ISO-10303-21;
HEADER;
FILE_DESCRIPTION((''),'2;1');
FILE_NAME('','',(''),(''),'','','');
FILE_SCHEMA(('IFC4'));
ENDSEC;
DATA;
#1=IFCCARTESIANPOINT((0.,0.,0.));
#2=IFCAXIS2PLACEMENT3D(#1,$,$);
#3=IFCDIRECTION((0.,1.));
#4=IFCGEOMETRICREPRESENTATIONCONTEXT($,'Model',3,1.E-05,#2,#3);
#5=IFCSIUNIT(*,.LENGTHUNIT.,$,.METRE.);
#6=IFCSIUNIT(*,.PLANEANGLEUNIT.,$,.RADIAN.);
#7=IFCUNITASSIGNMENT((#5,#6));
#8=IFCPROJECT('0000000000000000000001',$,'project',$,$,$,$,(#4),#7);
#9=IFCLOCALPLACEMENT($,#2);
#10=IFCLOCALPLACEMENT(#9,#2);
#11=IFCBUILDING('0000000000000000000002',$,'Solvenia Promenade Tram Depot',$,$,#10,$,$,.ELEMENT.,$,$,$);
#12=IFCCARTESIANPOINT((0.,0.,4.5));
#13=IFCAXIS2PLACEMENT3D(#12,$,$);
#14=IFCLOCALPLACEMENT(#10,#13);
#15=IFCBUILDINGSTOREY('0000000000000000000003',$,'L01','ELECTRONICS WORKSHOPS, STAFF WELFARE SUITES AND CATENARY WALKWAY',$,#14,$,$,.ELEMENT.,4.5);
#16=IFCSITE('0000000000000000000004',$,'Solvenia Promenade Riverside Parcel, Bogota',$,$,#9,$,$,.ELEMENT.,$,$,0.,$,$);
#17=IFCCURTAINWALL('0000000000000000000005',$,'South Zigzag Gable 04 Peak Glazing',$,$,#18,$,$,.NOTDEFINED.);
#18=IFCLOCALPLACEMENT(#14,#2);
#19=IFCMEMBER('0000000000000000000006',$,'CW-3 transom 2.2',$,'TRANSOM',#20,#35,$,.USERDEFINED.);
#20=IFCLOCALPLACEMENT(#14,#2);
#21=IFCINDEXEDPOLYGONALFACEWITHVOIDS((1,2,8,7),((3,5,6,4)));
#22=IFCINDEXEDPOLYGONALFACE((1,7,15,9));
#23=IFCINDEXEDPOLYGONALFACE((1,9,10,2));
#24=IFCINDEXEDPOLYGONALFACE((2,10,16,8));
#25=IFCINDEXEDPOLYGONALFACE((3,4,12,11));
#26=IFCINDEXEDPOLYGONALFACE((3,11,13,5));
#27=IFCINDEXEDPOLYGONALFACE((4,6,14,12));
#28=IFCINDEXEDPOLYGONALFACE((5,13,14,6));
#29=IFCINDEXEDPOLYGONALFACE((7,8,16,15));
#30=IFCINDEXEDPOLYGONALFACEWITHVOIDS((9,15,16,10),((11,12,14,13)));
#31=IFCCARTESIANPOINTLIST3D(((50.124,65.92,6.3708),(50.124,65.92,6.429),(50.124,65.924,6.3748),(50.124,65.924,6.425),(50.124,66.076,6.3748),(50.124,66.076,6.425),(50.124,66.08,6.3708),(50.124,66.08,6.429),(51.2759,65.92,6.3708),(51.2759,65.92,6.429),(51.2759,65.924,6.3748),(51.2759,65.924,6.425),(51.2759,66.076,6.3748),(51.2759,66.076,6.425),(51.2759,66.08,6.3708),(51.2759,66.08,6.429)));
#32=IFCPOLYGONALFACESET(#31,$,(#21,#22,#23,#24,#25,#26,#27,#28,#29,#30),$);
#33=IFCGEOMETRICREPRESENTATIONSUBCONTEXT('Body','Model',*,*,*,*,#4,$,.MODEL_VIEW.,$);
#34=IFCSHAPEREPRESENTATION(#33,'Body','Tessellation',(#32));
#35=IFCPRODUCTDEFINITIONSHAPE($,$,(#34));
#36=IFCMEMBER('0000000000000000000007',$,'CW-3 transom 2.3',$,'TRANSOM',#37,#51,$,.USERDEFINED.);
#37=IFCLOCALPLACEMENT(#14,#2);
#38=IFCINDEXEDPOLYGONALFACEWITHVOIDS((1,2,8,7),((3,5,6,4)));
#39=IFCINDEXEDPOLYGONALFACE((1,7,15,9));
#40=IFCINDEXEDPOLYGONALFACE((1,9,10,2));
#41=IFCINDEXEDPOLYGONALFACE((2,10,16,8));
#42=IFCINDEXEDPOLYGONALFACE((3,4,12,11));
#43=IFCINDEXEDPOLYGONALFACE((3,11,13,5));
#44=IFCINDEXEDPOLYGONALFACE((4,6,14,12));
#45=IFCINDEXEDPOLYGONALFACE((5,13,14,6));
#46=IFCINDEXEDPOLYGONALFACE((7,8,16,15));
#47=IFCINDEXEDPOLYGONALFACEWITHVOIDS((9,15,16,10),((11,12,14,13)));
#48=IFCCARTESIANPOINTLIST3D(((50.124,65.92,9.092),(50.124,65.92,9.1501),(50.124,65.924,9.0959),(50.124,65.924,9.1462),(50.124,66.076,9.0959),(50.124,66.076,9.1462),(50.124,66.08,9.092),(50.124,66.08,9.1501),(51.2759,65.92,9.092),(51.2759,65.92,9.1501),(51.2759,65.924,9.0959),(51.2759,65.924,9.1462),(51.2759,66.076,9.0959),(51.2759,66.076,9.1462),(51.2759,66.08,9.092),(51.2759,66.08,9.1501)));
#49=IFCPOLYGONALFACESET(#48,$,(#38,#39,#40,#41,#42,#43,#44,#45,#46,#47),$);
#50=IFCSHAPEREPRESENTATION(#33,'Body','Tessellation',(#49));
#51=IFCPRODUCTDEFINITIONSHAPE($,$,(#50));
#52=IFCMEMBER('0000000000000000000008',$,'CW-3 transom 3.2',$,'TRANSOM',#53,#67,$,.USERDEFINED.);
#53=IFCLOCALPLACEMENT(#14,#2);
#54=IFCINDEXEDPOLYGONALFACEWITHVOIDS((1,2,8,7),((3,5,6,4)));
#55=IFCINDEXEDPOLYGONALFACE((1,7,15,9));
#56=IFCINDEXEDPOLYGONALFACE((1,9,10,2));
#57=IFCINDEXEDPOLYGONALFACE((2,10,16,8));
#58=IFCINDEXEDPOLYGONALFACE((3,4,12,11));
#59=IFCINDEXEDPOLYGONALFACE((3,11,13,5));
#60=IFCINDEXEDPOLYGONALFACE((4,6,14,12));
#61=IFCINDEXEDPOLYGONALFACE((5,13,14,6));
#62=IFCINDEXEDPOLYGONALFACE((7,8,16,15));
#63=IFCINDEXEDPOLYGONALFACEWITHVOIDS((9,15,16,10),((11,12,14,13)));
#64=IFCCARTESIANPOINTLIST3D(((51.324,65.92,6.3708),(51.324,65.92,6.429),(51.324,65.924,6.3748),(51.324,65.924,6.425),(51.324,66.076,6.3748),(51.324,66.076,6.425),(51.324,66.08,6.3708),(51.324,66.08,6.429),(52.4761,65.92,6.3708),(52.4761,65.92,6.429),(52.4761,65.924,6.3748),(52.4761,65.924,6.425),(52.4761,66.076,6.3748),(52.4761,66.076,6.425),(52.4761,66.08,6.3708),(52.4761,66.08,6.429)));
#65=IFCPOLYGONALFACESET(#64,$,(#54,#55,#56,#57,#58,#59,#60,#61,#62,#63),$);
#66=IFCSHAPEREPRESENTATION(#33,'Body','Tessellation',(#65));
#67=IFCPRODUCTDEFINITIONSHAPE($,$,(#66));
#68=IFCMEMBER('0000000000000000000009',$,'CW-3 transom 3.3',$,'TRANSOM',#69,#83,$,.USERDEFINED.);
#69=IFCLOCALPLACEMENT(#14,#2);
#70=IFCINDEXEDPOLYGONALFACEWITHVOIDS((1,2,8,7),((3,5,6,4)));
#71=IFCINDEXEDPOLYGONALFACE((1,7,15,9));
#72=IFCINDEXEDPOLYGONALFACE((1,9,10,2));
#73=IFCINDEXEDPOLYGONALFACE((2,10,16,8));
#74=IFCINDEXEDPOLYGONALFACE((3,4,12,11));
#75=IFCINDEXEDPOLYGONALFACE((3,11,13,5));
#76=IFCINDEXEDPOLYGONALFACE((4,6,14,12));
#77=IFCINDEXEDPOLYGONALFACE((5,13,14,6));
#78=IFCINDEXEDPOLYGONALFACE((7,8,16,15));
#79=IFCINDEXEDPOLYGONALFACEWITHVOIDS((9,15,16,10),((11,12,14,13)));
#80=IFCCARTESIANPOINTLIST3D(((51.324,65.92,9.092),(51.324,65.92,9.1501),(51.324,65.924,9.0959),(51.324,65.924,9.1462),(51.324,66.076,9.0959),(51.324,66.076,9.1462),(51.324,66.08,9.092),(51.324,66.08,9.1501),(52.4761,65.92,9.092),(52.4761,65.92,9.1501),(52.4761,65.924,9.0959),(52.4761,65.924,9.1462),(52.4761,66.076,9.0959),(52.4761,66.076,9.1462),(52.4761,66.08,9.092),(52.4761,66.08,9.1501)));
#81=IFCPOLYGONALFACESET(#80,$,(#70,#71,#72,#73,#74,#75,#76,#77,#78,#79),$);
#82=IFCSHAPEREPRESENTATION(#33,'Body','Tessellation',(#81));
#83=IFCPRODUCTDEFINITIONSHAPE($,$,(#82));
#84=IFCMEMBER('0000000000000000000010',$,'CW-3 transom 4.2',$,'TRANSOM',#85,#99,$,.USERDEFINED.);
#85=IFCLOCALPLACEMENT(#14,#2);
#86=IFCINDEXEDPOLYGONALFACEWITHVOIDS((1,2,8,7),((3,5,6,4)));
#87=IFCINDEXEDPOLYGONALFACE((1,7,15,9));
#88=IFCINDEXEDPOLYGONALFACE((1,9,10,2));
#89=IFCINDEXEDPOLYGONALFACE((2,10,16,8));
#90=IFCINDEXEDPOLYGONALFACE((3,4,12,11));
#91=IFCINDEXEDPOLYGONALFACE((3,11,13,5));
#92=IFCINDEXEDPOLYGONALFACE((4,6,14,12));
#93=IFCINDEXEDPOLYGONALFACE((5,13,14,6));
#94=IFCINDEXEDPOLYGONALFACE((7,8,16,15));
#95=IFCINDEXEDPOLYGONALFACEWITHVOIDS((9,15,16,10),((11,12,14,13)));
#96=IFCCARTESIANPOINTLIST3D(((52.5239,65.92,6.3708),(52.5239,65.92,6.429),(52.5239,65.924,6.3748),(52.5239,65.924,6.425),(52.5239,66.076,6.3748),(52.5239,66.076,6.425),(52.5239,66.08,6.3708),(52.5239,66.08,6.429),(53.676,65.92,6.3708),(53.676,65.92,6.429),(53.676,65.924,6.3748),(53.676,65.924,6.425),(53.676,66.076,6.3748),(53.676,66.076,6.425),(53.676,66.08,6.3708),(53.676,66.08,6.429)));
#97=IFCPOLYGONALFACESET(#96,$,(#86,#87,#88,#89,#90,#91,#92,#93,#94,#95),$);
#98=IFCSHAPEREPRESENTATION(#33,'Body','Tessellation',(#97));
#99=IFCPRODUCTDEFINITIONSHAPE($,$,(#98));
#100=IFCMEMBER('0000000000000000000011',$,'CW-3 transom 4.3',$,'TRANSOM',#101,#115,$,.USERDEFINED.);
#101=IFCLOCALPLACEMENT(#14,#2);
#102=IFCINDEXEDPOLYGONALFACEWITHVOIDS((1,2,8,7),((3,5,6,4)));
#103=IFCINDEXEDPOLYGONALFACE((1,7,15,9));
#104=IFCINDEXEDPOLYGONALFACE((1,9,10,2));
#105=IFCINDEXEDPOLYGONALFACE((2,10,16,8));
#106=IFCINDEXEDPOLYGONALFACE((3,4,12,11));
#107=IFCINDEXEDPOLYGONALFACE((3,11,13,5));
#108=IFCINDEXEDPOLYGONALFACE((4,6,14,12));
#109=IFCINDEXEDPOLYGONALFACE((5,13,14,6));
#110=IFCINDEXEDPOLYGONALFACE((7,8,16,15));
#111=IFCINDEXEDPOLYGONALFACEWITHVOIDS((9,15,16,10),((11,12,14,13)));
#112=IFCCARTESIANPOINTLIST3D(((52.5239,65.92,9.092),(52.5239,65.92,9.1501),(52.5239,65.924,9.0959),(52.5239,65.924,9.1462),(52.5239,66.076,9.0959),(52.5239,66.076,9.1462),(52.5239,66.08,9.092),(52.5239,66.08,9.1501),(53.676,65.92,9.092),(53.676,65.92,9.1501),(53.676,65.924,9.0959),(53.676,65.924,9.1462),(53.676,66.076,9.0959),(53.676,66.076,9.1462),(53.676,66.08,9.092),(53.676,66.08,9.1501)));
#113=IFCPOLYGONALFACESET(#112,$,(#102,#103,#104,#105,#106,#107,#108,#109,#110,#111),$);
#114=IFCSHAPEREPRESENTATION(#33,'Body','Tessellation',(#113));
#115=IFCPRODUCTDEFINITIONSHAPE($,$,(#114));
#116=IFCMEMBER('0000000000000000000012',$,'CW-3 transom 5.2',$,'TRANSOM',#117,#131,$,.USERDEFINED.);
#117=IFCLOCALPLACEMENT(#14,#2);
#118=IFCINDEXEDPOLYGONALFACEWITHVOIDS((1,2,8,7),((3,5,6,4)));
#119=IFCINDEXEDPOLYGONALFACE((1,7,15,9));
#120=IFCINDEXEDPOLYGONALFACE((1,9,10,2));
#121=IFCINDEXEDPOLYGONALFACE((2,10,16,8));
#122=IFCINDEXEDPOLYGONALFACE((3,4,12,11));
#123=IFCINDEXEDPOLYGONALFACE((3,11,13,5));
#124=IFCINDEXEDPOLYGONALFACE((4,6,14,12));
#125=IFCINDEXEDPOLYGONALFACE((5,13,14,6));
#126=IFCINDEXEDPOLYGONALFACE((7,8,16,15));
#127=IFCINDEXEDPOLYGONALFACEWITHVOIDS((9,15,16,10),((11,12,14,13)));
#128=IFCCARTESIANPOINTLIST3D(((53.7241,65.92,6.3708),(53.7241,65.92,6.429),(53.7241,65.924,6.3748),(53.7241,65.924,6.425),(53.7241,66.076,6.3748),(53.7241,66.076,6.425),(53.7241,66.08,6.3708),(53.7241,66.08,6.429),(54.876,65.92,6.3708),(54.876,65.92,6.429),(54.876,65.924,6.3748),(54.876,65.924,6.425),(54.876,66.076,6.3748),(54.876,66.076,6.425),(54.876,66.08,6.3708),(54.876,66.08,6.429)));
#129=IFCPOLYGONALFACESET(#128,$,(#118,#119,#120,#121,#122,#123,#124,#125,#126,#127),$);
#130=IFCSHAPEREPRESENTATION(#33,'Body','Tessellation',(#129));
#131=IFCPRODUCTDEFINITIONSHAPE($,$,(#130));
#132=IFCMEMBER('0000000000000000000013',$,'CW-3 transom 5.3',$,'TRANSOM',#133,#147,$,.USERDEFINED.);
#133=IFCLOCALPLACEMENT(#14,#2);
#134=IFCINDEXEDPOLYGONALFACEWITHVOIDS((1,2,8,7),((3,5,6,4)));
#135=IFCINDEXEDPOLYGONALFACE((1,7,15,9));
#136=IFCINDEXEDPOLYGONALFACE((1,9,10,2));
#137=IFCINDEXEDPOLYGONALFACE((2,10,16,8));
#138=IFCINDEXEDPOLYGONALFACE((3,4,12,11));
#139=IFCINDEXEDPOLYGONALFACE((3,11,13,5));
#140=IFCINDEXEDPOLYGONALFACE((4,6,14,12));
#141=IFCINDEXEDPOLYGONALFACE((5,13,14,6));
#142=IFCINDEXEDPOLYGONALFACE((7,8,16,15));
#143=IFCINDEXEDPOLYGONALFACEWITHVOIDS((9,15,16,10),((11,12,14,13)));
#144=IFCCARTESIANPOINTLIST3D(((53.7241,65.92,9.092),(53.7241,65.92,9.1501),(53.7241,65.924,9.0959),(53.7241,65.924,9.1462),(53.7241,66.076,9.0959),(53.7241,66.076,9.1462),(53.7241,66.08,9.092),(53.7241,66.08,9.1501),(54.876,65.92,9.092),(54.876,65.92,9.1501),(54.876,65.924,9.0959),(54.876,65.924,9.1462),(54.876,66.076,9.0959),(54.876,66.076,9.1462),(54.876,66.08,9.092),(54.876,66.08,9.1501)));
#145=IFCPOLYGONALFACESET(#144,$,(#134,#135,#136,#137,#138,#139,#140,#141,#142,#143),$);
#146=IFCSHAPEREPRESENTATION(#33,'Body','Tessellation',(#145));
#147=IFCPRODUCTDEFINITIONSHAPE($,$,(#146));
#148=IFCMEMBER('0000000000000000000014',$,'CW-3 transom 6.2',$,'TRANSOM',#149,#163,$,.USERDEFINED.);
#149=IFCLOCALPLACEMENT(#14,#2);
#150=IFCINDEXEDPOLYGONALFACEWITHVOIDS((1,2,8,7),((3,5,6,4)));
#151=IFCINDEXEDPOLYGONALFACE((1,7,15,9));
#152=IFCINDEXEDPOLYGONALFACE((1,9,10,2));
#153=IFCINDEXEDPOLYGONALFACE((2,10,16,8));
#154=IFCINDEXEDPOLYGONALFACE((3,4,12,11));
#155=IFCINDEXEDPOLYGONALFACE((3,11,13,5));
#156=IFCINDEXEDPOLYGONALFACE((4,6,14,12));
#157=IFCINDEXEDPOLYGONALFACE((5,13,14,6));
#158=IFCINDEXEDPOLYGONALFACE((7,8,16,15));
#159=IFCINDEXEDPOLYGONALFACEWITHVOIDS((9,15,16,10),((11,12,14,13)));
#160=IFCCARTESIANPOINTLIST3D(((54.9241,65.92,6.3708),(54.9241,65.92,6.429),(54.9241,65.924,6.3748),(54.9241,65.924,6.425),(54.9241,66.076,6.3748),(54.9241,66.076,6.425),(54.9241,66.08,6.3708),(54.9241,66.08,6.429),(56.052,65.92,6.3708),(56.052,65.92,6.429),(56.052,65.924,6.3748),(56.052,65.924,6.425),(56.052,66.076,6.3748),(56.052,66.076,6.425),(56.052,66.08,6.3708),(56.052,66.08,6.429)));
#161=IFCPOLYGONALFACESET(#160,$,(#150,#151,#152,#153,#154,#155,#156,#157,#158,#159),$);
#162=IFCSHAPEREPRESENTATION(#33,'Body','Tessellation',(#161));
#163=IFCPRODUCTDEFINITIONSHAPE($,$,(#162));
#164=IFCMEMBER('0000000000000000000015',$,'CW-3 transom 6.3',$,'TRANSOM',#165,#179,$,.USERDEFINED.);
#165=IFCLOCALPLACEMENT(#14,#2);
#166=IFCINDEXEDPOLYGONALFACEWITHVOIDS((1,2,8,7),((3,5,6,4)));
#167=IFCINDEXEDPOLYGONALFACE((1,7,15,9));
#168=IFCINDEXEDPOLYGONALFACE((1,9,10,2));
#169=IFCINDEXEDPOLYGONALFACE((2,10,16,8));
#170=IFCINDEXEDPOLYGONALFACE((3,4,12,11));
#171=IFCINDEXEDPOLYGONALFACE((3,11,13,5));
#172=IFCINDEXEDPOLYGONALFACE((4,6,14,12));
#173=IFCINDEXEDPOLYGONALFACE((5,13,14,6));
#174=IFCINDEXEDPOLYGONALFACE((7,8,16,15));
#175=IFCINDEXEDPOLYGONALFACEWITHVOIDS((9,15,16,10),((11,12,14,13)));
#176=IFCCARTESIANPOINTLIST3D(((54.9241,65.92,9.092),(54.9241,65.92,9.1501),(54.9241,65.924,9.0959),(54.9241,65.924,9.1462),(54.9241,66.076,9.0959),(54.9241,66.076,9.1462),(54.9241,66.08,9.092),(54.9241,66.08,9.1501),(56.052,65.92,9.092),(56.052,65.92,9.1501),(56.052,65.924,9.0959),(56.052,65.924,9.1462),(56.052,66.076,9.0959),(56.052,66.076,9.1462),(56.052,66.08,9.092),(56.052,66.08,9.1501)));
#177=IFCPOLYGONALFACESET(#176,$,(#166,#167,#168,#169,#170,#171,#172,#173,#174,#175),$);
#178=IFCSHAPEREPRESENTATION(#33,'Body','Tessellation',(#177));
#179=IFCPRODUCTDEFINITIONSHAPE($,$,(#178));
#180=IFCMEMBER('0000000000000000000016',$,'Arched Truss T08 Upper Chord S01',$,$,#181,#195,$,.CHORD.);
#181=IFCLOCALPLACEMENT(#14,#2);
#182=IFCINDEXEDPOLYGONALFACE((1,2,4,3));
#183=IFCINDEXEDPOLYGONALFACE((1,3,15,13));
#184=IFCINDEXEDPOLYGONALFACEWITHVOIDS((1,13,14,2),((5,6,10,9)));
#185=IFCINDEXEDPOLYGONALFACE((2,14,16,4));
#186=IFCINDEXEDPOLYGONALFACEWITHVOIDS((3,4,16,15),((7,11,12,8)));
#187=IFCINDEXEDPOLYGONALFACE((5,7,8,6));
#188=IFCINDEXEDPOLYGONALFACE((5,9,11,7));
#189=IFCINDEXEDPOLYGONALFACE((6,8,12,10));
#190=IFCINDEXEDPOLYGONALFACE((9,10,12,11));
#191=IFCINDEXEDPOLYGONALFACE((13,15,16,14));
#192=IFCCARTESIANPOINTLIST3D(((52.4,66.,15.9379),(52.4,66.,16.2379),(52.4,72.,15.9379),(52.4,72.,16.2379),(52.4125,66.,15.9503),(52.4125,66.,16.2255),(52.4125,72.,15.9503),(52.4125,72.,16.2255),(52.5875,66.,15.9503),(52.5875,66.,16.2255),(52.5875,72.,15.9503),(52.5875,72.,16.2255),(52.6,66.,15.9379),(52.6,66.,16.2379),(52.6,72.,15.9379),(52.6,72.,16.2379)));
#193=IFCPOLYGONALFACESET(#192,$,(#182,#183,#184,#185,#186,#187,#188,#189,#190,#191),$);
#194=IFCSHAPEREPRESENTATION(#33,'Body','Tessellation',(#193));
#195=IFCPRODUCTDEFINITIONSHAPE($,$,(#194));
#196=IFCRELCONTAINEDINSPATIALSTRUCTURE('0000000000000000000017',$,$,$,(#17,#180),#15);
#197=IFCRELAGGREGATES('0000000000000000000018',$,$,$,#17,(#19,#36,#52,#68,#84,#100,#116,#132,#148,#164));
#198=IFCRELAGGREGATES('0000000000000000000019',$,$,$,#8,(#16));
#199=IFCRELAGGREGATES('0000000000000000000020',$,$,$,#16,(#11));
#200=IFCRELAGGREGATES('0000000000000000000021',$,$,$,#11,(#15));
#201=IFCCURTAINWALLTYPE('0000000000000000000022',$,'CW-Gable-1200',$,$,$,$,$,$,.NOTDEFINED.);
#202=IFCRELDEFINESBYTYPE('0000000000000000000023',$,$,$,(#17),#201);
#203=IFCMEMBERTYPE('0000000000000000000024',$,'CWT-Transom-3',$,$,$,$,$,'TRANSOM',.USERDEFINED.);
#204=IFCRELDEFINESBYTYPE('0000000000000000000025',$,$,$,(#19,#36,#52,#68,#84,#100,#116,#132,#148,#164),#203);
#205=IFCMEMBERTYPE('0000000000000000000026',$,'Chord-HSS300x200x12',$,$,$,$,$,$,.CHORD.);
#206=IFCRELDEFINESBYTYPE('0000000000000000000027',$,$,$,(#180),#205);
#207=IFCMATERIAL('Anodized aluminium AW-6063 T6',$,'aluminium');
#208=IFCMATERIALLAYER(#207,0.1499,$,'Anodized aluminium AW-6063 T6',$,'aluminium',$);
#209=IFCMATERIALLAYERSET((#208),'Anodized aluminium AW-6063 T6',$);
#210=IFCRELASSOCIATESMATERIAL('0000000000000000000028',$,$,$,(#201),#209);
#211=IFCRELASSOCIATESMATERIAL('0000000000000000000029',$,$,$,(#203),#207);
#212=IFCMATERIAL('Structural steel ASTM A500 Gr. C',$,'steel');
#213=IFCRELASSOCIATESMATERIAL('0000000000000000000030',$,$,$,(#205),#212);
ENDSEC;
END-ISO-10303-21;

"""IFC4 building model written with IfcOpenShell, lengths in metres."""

from ifc_helpers import new_model, si_unit, direction, frame, origin, origin_2d, place, context, subcontext, project, spatial, hollow_rectangle, extrude, material, layer, layer_set, material_profile, profile_set, type_object, element, aggregate, save


model = new_model("IFC4")

# Units and contexts
model_context = context("Model", 3, precision=1e-05, world=origin(), true_north=direction((0.0, 1.0)))
body_context = subcontext(model_context, "Body", "Model", "MODEL_VIEW")
ifc_project = project(units=[si_unit("LENGTHUNIT", "METRE"), si_unit("PLANEANGLEUNIT", "RADIAN")], contexts=[model_context])

# Site, building, storey
site_placement = place(None, origin())
site = spatial("IfcSite", under=ifc_project, at=site_placement, Name="Solvenia Promenade Riverside Parcel, Bogota", CompositionType="ELEMENT", RefElevation=0.0)
building_placement = place(site_placement, origin())
building = spatial("IfcBuilding", under=site, at=building_placement, Name="Solvenia Promenade Tram Depot", CompositionType="ELEMENT")
storey_placement = place(building_placement, frame((0.0, 0.0, 4.5)))
storey = spatial("IfcBuildingStorey", under=building, at=storey_placement, Name="L01", Description="ELECTRONICS WORKSHOPS, STAFF WELFARE SUITES AND CATENARY WALKWAY", CompositionType="ELEMENT", Elevation=4.5)

# Curtain wall, members
ifc_material_1 = material(Name="Anodized aluminium AW-6063 T6", Category="aluminium")
ifc_layer_1 = layer(ifc_material_1, 0.1499, Name="Anodized aluminium AW-6063 T6", Category="aluminium")
ifc_layer_set_1 = layer_set([ifc_layer_1], Name="Anodized aluminium AW-6063 T6")
curtain_wall_type = type_object("IfcCurtainWallType", Name="CW-Gable-1200", PredefinedType="NOTDEFINED", material=ifc_layer_set_1)
curtain_wall_placement = place(storey_placement, origin())
curtain_wall = element("IfcCurtainWall", 1, at=curtain_wall_placement, inside=storey, type_object=curtain_wall_type, Name="South Zigzag Gable 04 Peak Glazing", PredefinedType="NOTDEFINED")
ifc_material_profile_1 = material_profile(ifc_material_1, hollow_rectangle(XDim=0.1599, YDim=0.0581, WallThickness=0.0039, at=origin_2d()), Name="ALU-T3", Category="aluminium")
ifc_profile_set_1 = profile_set([ifc_material_profile_1], Name="Anodized aluminium AW-6063 T6")
member_type_1 = type_object("IfcMemberType", Name="CWT-Transom-3", ElementType="TRANSOM", PredefinedType="USERDEFINED", material=ifc_profile_set_1)
member_1_placement = place(storey_placement, frame((50.124, 66.0, 6.3999), z_axis=(1.0, 0.0, 0.0), x_axis=(0.0, 1.0, 0.0)))
member_1 = element("IfcMember", 2, at=member_1_placement, type_object=member_type_1, Name="CW-3 transom 2.2", ObjectType="TRANSOM", PredefinedType="USERDEFINED", context=body_context, shape_type="SweptSolid", body=[
    extrude(hollow_rectangle(XDim=0.1599, YDim=0.0581, WallThickness=0.0039, at=origin_2d()), origin(), (0.0, 0.0, 1.0), 1.1519),
])
member_2_placement = place(storey_placement, frame((50.124, 66.0, 9.1211), z_axis=(1.0, 0.0, 0.0), x_axis=(0.0, 1.0, 0.0)))
member_2 = element("IfcMember", 3, at=member_2_placement, type_object=member_type_1, Name="CW-3 transom 2.3", ObjectType="TRANSOM", PredefinedType="USERDEFINED", context=body_context, shape_type="SweptSolid", body=[
    extrude(hollow_rectangle(XDim=0.1599, YDim=0.0581, WallThickness=0.0039, at=origin_2d()), origin(), (0.0, 0.0, 1.0), 1.1519),
])
member_3_placement = place(storey_placement, frame((51.324, 66.0, 6.3999), z_axis=(1.0, 0.0, 0.0), x_axis=(0.0, 1.0, 0.0)))
member_3 = element("IfcMember", 4, at=member_3_placement, type_object=member_type_1, Name="CW-3 transom 3.2", ObjectType="TRANSOM", PredefinedType="USERDEFINED", context=body_context, shape_type="SweptSolid", body=[
    extrude(hollow_rectangle(XDim=0.1599, YDim=0.0581, WallThickness=0.0039, at=origin_2d()), origin(), (0.0, 0.0, 1.0), 1.1521),
])
member_4_placement = place(storey_placement, frame((51.324, 66.0, 9.1211), z_axis=(1.0, 0.0, 0.0), x_axis=(0.0, 1.0, 0.0)))
member_4 = element("IfcMember", 5, at=member_4_placement, type_object=member_type_1, Name="CW-3 transom 3.3", ObjectType="TRANSOM", PredefinedType="USERDEFINED", context=body_context, shape_type="SweptSolid", body=[
    extrude(hollow_rectangle(XDim=0.1599, YDim=0.0581, WallThickness=0.0039, at=origin_2d()), origin(), (0.0, 0.0, 1.0), 1.1521),
])
member_5_placement = place(storey_placement, frame((52.5239, 66.0, 6.3999), z_axis=(1.0, 0.0, 0.0), x_axis=(0.0, 1.0, 0.0)))
member_5 = element("IfcMember", 6, at=member_5_placement, type_object=member_type_1, Name="CW-3 transom 4.2", ObjectType="TRANSOM", PredefinedType="USERDEFINED", context=body_context, shape_type="SweptSolid", body=[
    extrude(hollow_rectangle(XDim=0.1599, YDim=0.0581, WallThickness=0.0039, at=origin_2d()), origin(), (0.0, 0.0, 1.0), 1.1521),
])
member_6_placement = place(storey_placement, frame((52.5239, 66.0, 9.1211), z_axis=(1.0, 0.0, 0.0), x_axis=(0.0, 1.0, 0.0)))
member_6 = element("IfcMember", 7, at=member_6_placement, type_object=member_type_1, Name="CW-3 transom 4.3", ObjectType="TRANSOM", PredefinedType="USERDEFINED", context=body_context, shape_type="SweptSolid", body=[
    extrude(hollow_rectangle(XDim=0.1599, YDim=0.0581, WallThickness=0.0039, at=origin_2d()), origin(), (0.0, 0.0, 1.0), 1.1521),
])
member_7_placement = place(storey_placement, frame((53.7241, 66.0, 6.3999), z_axis=(1.0, 0.0, 0.0), x_axis=(0.0, 1.0, 0.0)))
member_7 = element("IfcMember", 8, at=member_7_placement, type_object=member_type_1, Name="CW-3 transom 5.2", ObjectType="TRANSOM", PredefinedType="USERDEFINED", context=body_context, shape_type="SweptSolid", body=[
    extrude(hollow_rectangle(XDim=0.1599, YDim=0.0581, WallThickness=0.0039, at=origin_2d()), origin(), (0.0, 0.0, 1.0), 1.1519),
])
member_8_placement = place(storey_placement, frame((53.7241, 66.0, 9.1211), z_axis=(1.0, 0.0, 0.0), x_axis=(0.0, 1.0, 0.0)))
member_8 = element("IfcMember", 9, at=member_8_placement, type_object=member_type_1, Name="CW-3 transom 5.3", ObjectType="TRANSOM", PredefinedType="USERDEFINED", context=body_context, shape_type="SweptSolid", body=[
    extrude(hollow_rectangle(XDim=0.1599, YDim=0.0581, WallThickness=0.0039, at=origin_2d()), origin(), (0.0, 0.0, 1.0), 1.1519),
])
member_9_placement = place(storey_placement, frame((54.9241, 66.0, 6.3999), z_axis=(1.0, 0.0, 0.0), x_axis=(0.0, 1.0, 0.0)))
member_9 = element("IfcMember", 10, at=member_9_placement, type_object=member_type_1, Name="CW-3 transom 6.2", ObjectType="TRANSOM", PredefinedType="USERDEFINED", context=body_context, shape_type="SweptSolid", body=[
    extrude(hollow_rectangle(XDim=0.1599, YDim=0.0581, WallThickness=0.0039, at=origin_2d()), origin(), (0.0, 0.0, 1.0), 1.1279),
])
member_10_placement = place(storey_placement, frame((54.9241, 66.0, 9.1211), z_axis=(1.0, 0.0, 0.0), x_axis=(0.0, 1.0, 0.0)))
member_10 = element("IfcMember", 11, at=member_10_placement, type_object=member_type_1, Name="CW-3 transom 6.3", ObjectType="TRANSOM", PredefinedType="USERDEFINED", context=body_context, shape_type="SweptSolid", body=[
    extrude(hollow_rectangle(XDim=0.1599, YDim=0.0581, WallThickness=0.0039, at=origin_2d()), origin(), (0.0, 0.0, 1.0), 1.1279),
])

# Member
ifc_material_2 = material(Name="Structural steel ASTM A500 Gr. C", Category="steel")
ifc_material_profile_2 = material_profile(ifc_material_2, hollow_rectangle(XDim=0.2, YDim=0.3, WallThickness=0.0125, at=origin_2d()), Name="HSS300x200x12.5", Category="steel")
ifc_profile_set_2 = profile_set([ifc_material_profile_2], Name="Structural steel ASTM A500 Gr. C")
member_type_2 = type_object("IfcMemberType", Name="Chord-HSS300x200x12", PredefinedType="CHORD", material=ifc_profile_set_2)
member_11_placement = place(storey_placement, frame((52.5, 66.0, 16.0879), z_axis=(0.0, 1.0, 0.0), x_axis=(-1.0, 0.0, 0.0)))
element("IfcMember", 12, at=member_11_placement, inside=storey, type_object=member_type_2, Name="Arched Truss T08 Upper Chord S01", PredefinedType="CHORD", context=body_context, shape_type="SweptSolid", body=[
    extrude(hollow_rectangle(XDim=0.2, YDim=0.3, WallThickness=0.0125, at=origin_2d()), origin(), (0.0, 0.0, 1.0), 6.0),
])

aggregate(curtain_wall, [member_1, member_2, member_3, member_4, member_5, member_6, member_7, member_8, member_9, member_10])

save(model, "model.ifc")
